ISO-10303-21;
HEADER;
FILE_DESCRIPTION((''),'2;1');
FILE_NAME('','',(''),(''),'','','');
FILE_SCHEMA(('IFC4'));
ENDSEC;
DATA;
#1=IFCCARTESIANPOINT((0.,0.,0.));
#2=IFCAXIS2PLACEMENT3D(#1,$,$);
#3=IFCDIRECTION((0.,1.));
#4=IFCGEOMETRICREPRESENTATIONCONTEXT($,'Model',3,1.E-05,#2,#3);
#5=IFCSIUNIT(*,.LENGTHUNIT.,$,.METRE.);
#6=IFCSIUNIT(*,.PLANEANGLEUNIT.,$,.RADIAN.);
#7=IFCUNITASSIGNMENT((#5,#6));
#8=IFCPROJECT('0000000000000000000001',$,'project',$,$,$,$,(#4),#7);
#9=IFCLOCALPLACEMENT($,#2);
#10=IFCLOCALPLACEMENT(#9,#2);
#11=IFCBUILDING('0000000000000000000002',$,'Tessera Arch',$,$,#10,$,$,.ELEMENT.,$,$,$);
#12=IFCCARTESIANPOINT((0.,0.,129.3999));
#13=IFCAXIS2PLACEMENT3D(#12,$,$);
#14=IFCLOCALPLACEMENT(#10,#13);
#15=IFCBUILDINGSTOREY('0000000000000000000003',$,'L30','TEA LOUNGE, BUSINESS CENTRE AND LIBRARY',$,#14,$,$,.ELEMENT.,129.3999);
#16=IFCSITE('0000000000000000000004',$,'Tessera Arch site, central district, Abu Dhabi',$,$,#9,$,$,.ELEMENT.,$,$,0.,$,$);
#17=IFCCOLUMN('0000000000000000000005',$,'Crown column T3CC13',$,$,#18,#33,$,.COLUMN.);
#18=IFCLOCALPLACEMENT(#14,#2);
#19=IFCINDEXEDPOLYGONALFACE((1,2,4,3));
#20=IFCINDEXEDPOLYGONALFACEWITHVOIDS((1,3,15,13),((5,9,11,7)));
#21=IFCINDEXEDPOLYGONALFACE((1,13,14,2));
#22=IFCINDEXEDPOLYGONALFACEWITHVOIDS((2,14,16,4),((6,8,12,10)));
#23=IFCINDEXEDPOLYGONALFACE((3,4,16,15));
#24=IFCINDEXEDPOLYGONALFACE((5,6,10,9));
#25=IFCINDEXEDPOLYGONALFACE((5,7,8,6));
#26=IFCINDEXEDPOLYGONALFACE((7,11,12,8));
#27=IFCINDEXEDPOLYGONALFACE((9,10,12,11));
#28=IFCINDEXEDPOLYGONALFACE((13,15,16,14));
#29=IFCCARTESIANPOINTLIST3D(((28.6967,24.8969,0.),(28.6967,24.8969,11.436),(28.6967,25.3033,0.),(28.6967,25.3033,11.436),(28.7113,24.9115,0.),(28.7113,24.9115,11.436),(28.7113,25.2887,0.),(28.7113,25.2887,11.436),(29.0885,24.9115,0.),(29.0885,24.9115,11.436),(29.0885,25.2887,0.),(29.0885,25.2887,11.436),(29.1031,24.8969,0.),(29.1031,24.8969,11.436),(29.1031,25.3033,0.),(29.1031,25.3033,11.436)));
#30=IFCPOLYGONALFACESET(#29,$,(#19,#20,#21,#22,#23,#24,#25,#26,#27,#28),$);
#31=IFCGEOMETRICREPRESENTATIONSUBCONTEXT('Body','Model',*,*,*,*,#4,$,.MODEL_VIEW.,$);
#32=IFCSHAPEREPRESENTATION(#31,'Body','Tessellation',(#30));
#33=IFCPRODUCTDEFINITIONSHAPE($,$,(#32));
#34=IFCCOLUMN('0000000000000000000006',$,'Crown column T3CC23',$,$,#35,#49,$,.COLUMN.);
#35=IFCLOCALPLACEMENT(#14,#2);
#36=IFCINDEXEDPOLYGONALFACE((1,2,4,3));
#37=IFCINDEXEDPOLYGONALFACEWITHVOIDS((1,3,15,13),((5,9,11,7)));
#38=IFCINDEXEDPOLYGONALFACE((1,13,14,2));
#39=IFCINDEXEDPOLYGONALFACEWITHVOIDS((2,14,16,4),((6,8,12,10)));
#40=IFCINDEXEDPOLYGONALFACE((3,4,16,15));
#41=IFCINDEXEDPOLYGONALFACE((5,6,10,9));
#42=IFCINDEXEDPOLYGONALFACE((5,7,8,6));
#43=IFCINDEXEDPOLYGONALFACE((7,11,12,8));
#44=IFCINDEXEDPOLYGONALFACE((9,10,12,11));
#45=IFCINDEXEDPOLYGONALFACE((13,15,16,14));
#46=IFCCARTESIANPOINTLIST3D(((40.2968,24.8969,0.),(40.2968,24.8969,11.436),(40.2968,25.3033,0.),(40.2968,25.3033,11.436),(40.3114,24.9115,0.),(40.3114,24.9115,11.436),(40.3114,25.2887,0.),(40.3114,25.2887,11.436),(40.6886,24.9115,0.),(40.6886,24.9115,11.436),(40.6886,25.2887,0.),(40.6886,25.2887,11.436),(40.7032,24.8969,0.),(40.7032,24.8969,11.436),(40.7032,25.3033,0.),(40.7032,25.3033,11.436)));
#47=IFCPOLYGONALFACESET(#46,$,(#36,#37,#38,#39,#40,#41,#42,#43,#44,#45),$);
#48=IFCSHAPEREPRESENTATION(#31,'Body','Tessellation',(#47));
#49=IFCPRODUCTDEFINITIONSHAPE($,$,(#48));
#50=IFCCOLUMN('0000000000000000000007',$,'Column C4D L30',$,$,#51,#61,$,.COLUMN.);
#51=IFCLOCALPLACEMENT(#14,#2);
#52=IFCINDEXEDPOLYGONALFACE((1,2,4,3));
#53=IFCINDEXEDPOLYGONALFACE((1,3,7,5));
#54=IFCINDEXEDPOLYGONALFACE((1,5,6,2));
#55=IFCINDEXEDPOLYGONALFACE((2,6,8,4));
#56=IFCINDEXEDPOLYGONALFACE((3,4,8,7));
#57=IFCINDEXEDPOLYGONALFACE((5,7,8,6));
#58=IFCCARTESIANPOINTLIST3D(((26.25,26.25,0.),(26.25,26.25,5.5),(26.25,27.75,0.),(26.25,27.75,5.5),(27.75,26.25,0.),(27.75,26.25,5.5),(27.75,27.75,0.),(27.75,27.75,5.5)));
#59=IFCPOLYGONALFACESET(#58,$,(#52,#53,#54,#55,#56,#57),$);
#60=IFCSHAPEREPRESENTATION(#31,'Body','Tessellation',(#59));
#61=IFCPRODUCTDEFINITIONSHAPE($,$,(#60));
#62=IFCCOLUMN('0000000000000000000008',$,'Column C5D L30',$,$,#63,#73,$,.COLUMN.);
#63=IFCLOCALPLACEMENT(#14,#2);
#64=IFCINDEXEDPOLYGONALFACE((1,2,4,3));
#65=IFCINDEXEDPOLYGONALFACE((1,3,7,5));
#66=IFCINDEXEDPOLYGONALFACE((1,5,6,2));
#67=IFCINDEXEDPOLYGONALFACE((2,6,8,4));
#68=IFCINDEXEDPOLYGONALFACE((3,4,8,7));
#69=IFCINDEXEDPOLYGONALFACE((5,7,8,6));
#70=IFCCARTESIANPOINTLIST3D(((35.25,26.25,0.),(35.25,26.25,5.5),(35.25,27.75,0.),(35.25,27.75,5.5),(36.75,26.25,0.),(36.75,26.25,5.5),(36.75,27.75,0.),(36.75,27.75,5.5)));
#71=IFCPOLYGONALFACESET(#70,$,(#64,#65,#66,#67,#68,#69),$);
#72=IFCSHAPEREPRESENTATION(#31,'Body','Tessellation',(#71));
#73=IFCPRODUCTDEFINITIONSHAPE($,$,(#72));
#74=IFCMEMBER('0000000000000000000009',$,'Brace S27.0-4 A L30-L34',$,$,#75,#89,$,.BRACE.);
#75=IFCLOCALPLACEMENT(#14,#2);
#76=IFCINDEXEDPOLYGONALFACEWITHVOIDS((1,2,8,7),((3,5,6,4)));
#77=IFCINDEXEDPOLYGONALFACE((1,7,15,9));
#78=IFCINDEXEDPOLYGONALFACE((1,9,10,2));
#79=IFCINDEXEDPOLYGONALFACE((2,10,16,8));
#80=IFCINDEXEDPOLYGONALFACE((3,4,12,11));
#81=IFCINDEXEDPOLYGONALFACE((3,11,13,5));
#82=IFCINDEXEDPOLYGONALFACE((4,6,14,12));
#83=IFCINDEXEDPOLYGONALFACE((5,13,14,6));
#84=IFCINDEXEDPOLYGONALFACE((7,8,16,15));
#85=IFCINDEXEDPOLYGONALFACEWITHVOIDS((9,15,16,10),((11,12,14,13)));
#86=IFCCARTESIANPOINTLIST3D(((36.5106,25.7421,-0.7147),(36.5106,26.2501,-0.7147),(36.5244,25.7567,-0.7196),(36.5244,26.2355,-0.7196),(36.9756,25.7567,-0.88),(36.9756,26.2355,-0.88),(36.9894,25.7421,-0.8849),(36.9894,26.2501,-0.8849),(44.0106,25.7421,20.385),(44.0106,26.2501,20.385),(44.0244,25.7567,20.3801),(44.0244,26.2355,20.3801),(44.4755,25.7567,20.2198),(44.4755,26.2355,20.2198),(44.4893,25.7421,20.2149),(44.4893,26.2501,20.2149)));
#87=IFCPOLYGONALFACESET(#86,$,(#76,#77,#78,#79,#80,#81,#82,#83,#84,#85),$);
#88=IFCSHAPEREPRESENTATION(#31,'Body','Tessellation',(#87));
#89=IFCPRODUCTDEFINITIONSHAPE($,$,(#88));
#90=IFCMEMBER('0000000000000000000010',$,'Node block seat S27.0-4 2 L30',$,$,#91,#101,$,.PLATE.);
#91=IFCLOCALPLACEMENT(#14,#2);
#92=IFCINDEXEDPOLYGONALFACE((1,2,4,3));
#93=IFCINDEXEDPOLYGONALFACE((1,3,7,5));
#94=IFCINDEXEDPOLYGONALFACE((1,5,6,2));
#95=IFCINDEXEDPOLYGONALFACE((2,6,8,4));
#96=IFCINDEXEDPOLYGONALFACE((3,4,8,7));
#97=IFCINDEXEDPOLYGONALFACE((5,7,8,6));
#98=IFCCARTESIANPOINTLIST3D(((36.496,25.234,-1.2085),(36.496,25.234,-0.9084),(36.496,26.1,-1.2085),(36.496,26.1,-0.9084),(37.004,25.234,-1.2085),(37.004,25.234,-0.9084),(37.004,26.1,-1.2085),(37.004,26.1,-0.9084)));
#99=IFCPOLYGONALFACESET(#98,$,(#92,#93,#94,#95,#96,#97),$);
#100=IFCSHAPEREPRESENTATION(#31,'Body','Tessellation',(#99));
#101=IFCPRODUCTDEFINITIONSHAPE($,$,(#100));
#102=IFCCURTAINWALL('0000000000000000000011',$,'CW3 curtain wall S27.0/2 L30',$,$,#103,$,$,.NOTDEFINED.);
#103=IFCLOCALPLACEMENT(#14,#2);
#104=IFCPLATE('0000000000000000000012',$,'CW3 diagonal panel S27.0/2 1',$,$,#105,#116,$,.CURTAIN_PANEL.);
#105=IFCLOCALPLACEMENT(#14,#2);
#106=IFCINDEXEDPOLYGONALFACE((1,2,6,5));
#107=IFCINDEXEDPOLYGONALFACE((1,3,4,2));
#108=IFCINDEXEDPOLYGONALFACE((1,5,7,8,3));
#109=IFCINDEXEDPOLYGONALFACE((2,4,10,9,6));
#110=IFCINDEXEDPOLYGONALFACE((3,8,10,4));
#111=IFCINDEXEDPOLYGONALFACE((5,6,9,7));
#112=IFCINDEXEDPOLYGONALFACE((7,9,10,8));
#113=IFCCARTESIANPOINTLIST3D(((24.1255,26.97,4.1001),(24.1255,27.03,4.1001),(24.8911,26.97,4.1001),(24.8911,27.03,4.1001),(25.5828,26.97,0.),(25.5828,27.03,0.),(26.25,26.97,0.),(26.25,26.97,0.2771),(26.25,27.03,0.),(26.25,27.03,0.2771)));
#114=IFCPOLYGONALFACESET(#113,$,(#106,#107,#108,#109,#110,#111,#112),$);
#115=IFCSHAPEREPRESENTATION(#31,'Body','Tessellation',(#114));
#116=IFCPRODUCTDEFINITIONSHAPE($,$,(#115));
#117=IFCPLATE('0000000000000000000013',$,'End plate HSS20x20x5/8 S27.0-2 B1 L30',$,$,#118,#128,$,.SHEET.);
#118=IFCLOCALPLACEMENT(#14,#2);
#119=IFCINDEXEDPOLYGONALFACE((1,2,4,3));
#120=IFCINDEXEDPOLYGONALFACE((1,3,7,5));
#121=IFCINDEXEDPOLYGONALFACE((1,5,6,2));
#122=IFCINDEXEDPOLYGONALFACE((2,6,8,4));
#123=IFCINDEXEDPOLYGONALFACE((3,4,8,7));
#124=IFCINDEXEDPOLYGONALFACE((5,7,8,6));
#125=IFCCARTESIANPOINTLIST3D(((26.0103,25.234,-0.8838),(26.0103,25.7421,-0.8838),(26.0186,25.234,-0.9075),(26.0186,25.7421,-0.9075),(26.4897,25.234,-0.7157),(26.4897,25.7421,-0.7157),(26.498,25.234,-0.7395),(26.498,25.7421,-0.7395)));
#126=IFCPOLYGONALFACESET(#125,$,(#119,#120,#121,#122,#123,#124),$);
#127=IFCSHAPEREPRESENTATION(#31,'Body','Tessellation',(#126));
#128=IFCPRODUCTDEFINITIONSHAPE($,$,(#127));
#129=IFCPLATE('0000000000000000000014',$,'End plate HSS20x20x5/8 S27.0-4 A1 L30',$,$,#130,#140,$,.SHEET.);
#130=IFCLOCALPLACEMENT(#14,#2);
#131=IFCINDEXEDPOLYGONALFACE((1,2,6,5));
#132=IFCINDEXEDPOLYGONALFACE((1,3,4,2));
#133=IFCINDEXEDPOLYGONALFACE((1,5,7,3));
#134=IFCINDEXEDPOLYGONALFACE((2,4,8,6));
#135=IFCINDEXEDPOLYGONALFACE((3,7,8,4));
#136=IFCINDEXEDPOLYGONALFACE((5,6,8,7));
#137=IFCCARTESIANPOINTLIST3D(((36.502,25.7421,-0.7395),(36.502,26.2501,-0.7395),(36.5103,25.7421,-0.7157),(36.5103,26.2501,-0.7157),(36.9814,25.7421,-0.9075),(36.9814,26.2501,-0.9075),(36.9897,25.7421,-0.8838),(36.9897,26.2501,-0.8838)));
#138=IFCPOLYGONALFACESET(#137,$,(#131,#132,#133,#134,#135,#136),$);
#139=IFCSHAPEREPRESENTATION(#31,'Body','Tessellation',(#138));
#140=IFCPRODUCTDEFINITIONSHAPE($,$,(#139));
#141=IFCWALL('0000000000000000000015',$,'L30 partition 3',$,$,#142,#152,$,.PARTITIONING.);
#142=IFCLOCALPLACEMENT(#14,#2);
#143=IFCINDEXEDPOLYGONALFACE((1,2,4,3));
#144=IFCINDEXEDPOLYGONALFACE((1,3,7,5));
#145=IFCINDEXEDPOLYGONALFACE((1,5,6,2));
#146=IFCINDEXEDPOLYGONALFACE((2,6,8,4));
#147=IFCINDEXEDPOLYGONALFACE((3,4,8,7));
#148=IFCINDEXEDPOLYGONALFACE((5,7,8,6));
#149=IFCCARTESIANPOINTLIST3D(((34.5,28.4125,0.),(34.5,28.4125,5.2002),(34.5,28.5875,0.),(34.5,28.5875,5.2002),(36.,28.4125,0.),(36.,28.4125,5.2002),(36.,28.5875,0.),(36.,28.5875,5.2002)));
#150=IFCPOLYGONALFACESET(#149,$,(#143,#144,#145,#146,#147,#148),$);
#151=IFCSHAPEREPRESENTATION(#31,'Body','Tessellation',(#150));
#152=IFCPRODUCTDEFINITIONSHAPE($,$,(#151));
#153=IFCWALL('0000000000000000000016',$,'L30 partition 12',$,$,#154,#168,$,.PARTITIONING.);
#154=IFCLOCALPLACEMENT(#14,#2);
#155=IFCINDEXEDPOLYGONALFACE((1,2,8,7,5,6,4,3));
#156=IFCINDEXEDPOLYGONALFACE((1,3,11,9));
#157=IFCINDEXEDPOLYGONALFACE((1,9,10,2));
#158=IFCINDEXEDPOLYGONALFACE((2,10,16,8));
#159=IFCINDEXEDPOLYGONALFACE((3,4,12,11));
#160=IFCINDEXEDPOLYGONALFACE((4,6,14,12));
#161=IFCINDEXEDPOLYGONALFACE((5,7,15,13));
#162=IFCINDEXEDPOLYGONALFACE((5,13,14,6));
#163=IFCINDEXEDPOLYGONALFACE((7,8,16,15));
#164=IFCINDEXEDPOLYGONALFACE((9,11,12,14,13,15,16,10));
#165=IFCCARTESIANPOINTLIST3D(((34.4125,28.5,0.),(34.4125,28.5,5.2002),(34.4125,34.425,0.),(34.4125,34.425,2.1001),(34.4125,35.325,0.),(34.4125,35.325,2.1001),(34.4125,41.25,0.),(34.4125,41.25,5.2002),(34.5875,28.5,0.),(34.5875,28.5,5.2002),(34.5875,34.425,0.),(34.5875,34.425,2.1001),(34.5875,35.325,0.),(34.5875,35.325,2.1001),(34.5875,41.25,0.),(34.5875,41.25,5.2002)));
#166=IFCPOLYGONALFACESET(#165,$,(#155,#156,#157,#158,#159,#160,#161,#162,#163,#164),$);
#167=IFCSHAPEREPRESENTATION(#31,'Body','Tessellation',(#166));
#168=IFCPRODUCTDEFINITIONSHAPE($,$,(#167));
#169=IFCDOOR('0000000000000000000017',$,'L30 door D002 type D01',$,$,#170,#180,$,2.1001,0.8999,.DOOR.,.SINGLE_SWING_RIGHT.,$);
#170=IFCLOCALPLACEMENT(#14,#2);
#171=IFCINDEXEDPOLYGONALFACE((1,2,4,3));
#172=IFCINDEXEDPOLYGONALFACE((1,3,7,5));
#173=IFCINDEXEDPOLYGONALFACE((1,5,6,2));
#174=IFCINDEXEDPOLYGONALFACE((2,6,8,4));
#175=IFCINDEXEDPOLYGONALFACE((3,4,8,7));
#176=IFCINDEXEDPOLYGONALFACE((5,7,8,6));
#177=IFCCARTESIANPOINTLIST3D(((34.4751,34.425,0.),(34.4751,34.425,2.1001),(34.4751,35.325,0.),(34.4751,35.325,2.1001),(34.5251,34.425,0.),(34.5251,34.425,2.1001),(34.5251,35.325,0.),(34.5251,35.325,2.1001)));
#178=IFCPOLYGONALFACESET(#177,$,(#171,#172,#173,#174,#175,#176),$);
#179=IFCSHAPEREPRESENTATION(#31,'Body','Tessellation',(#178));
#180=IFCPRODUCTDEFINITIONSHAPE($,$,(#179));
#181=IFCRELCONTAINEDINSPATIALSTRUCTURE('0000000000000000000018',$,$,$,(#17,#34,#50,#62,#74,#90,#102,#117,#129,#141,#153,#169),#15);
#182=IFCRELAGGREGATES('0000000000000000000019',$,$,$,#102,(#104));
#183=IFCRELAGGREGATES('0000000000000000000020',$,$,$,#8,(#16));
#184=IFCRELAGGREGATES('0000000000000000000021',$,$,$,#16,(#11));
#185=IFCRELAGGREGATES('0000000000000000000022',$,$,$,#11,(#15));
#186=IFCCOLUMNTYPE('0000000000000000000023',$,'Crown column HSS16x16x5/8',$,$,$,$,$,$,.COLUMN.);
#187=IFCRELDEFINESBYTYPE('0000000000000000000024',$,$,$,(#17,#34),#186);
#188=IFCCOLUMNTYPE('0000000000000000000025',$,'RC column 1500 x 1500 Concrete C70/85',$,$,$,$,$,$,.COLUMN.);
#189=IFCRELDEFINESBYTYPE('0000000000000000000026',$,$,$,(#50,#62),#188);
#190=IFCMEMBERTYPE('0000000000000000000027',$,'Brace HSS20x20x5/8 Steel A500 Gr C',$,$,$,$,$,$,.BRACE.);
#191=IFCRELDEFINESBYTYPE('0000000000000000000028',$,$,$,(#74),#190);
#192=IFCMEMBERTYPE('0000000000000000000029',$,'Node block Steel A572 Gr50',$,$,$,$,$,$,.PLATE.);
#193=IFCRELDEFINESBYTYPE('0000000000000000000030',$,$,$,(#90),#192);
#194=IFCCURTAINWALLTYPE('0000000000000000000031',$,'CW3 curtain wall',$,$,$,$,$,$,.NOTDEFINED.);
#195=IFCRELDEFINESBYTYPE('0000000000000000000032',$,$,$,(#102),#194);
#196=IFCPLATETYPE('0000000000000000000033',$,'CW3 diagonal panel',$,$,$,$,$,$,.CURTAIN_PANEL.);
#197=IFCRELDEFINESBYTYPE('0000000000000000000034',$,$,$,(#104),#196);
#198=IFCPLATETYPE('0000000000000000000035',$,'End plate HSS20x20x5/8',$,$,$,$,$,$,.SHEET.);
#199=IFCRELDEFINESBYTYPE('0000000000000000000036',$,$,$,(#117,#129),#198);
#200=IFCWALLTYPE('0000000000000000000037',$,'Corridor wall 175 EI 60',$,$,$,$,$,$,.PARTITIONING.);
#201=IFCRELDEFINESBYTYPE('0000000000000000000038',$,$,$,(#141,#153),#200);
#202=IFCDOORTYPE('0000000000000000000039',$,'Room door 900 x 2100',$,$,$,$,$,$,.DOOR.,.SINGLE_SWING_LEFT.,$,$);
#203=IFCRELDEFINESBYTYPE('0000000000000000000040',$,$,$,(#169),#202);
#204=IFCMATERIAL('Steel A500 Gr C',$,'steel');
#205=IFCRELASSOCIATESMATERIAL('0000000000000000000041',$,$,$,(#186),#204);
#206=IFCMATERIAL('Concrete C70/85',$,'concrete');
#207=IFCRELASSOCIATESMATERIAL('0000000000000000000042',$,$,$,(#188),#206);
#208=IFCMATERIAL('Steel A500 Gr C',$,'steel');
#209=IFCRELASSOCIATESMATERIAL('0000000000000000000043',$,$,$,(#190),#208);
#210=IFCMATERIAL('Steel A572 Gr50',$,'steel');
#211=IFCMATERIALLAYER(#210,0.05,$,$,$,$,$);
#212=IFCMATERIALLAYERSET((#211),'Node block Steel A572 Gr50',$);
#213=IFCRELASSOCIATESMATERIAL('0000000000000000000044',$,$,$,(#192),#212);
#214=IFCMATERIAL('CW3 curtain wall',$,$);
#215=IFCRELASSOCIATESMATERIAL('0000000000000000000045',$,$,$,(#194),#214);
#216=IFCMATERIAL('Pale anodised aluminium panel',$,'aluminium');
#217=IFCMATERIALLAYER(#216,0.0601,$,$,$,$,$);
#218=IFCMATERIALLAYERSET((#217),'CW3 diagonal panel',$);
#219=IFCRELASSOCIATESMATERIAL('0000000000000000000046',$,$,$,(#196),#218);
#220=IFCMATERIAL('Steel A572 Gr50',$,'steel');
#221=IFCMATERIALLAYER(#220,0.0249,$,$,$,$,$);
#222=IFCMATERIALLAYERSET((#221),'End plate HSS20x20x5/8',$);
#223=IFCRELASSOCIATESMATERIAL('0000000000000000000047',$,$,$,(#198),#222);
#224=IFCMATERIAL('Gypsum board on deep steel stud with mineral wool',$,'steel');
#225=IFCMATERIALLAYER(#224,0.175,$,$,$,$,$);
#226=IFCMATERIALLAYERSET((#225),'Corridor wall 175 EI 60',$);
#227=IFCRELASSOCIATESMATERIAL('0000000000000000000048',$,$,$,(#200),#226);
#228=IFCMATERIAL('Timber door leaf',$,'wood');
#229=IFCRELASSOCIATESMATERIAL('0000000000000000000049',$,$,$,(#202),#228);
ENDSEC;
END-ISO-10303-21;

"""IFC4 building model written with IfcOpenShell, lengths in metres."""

from ifc_helpers import new_model, si_unit, direction, frame, frame_2d, origin, origin_2d, place, context, subcontext, project, spatial, polyline, rectangle, hollow_rectangle, outline, extrude, material, layer, layer_set, material_profile, profile_set, type_object, element, fill, aggregate, save


model = new_model("IFC4")

# Units and contexts
model_context = context("Model", 3, precision=1e-05, world=origin(), true_north=direction((0.0, 1.0)))
body_context = subcontext(model_context, "Body", "Model", "MODEL_VIEW")
ifc_project = project(units=[si_unit("LENGTHUNIT", "METRE"), si_unit("PLANEANGLEUNIT", "RADIAN")], contexts=[model_context])

# Site, building, storey
site_placement = place(None, origin())
site = spatial("IfcSite", under=ifc_project, at=site_placement, Name="Tessera Arch site, central district, Abu Dhabi", CompositionType="ELEMENT", RefElevation=0.0)
building_placement = place(site_placement, origin())
building = spatial("IfcBuilding", under=site, at=building_placement, Name="Tessera Arch", CompositionType="ELEMENT")
storey_placement = place(building_placement, frame((0.0, 0.0, 129.3999)))
storey = spatial("IfcBuildingStorey", under=building, at=storey_placement, Name="L30", Description="TEA LOUNGE, BUSINESS CENTRE AND LIBRARY", CompositionType="ELEMENT", Elevation=129.3999)

# Columns
ifc_material_1 = material(Name="Steel A500 Gr C", Category="steel")
ifc_material_profile_1 = material_profile(ifc_material_1, hollow_rectangle(XDim=0.4065, YDim=0.4065, WallThickness=0.0146, at=origin_2d()), Name="HSS16x16x5/8")
ifc_profile_set_1 = profile_set([ifc_material_profile_1], Name="Steel A500 Gr C")
column_type_1 = type_object("IfcColumnType", Name="Crown column HSS16x16x5/8", PredefinedType="COLUMN", material=ifc_profile_set_1)
for number, where, z_axis, x_axis, name in (
    (1, (28.8999, 25.1001, 0.0), (0.0, 0.0, 1.0), (1.0, 0.0, 0.0), "Crown column T3CC13"),
    (2, (40.5, 25.1001, 0.0), (0.0, 0.0, 1.0), (1.0, 0.0, 0.0), "Crown column T3CC23"),
):
    element("IfcColumn", number, at=place(storey_placement, frame(where, z_axis=z_axis, x_axis=x_axis)), inside=storey, type_object=column_type_1, Name=name, PredefinedType="COLUMN", context=body_context, shape_type="SweptSolid", body=[
        extrude(hollow_rectangle(XDim=0.4065, YDim=0.4065, WallThickness=0.0146, at=origin_2d()), origin(), (0.0, 0.0, 1.0), 11.436),
    ])
ifc_material_2 = material(Name="Concrete C70/85", Category="concrete")
ifc_material_profile_2 = material_profile(ifc_material_2, rectangle(XDim=1.5, YDim=1.5, at=origin_2d()), Name="RC column 1500 x 1500 Concrete C70/85")
ifc_profile_set_2 = profile_set([ifc_material_profile_2], Name="Concrete C70/85")
column_type_2 = type_object("IfcColumnType", Name="RC column 1500 x 1500 Concrete C70/85", PredefinedType="COLUMN", material=ifc_profile_set_2)
for number, where, z_axis, x_axis, name in (
    (3, (27.0, 27.0, 0.0), (0.0, 0.0, 1.0), (1.0, 0.0, 0.0), "Column C4D L30"),
    (4, (36.0, 27.0, 0.0), (0.0, 0.0, 1.0), (1.0, 0.0, 0.0), "Column C5D L30"),
):
    element("IfcColumn", number, at=place(storey_placement, frame(where, z_axis=z_axis, x_axis=x_axis)), inside=storey, type_object=column_type_2, Name=name, PredefinedType="COLUMN", context=body_context, shape_type="SweptSolid", body=[
        extrude(rectangle(XDim=1.5, YDim=1.5, at=origin_2d()), origin(), (0.0, 0.0, 1.0), 5.5),
    ])

# Members
ifc_material_3 = material(Name="Steel A500 Gr C", Category="steel")
ifc_material_profile_3 = material_profile(ifc_material_3, hollow_rectangle(XDim=0.5081, YDim=0.5081, WallThickness=0.0146, at=origin_2d()), Name="HSS20x20x5/8")
ifc_profile_set_3 = profile_set([ifc_material_profile_3], Name="Steel A500 Gr C")
member_type_1 = type_object("IfcMemberType", Name="Brace HSS20x20x5/8 Steel A500 Gr C", PredefinedType="BRACE", material=ifc_profile_set_3)
member_1_placement = place(storey_placement, frame((36.75, 25.9961, -0.7998), z_axis=(0.334924, 0.0, 0.942245), x_axis=(0.0, 1.0, 0.0)))
element("IfcMember", 5, at=member_1_placement, inside=storey, type_object=member_type_1, Name="Brace S27.0-4 A L30-L34", PredefinedType="BRACE", context=body_context, shape_type="SweptSolid", body=[
    extrude(hollow_rectangle(XDim=0.5081, YDim=0.5081, WallThickness=0.0146, at=origin_2d()), origin(), (0.0, 0.0, 1.0), 22.3931),
])
ifc_material_4 = material(Name="Steel A572 Gr50", Category="steel")
ifc_layer_1 = layer(ifc_material_4, 0.05)
ifc_layer_set_1 = layer_set([ifc_layer_1], Name="Node block Steel A572 Gr50")
member_type_2 = type_object("IfcMemberType", Name="Node block Steel A572 Gr50", PredefinedType="PLATE", material=ifc_layer_set_1)
member_2_placement = place(storey_placement, frame((36.75, 25.667, -1.2085), z_axis=(0.0, 0.0, 1.0), x_axis=(1.0, 0.0, 0.0)))
element("IfcMember", 6, at=member_2_placement, inside=storey, type_object=member_type_2, Name="Node block seat S27.0-4 2 L30", PredefinedType="PLATE", context=body_context, shape_type="SweptSolid", body=[
    extrude(rectangle(XDim=0.5081, YDim=0.866, at=origin_2d()), origin(), (0.0, 0.0, 1.0), 0.3),
])

# Curtain wall, plate
ifc_material_5 = material(Name="CW3 curtain wall")
curtain_wall_type = type_object("IfcCurtainWallType", Name="CW3 curtain wall", PredefinedType="NOTDEFINED", material=ifc_material_5)
curtain_wall_placement = place(storey_placement, origin())
curtain_wall = element("IfcCurtainWall", 7, at=curtain_wall_placement, inside=storey, type_object=curtain_wall_type, Name="CW3 curtain wall S27.0/2 L30", PredefinedType="NOTDEFINED")
ifc_material_6 = material(Name="Pale anodised aluminium panel", Category="aluminium")
ifc_layer_2 = layer(ifc_material_6, 0.0601)
ifc_layer_set_2 = layer_set([ifc_layer_2], Name="CW3 diagonal panel")
plate_type_1 = type_object("IfcPlateType", Name="CW3 diagonal panel", PredefinedType="CURTAIN_PANEL", material=ifc_layer_set_2)
plate_placement = place(storey_placement, frame((26.25, 26.97, 0.0), z_axis=(0.0, -1.0, 0.0), x_axis=(0.0, 0.0, 1.0)))
plate = element("IfcPlate", 8, at=plate_placement, type_object=plate_type_1, Name="CW3 diagonal panel S27.0/2 1", PredefinedType="CURTAIN_PANEL", context=body_context, shape_type="SweptSolid", body=[
    extrude(outline(polyline([(0.0, 0.0), (0.2771, 0.0), (4.1001, 1.3589), (4.1001, 2.1245), (0.0, 0.6672), (0.0, 0.0)])), origin(), (0.0, 0.0, -1.0), 0.0601),
])
aggregate(curtain_wall, [plate])

# Plates
ifc_material_7 = material(Name="Steel A572 Gr50", Category="steel")
ifc_layer_3 = layer(ifc_material_7, 0.0249)
ifc_layer_set_3 = layer_set([ifc_layer_3], Name="End plate HSS20x20x5/8")
plate_type_2 = type_object("IfcPlateType", Name="End plate HSS20x20x5/8", PredefinedType="SHEET", material=ifc_layer_set_3)
for number, where, z_axis, x_axis, name in (
    (9, (26.2583, 25.488, -0.8235), (-0.330784, 0.0, 0.943707), (0.0, -1.0, 0.0), "End plate HSS20x20x5/8 S27.0-2 B1 L30"),
    (10, (36.7417, 25.9961, -0.8235), (0.330784, 0.0, 0.943707), (0.0, 1.0, 0.0), "End plate HSS20x20x5/8 S27.0-4 A1 L30"),
):
    element("IfcPlate", number, at=place(storey_placement, frame(where, z_axis=z_axis, x_axis=x_axis)), inside=storey, type_object=plate_type_2, Name=name, PredefinedType="SHEET", context=body_context, shape_type="SweptSolid", body=[
        extrude(rectangle(XDim=0.5081, YDim=0.5081, at=origin_2d()), origin(), (0.0, 0.0, 1.0), 0.0251),
    ])

# Wall
ifc_material_8 = material(Name="Gypsum board on deep steel stud with mineral wool", Category="steel")
ifc_layer_4 = layer(ifc_material_8, 0.175)
ifc_layer_set_4 = layer_set([ifc_layer_4], Name="Corridor wall 175 EI 60")
wall_type_1 = type_object("IfcWallType", Name="Corridor wall 175 EI 60", PredefinedType="PARTITIONING", material=ifc_layer_set_4)
wall_1_placement = place(storey_placement, frame((34.5, 28.5, 0.0), z_axis=(0.0, 0.0, 1.0), x_axis=(1.0, 0.0, 0.0)))
element("IfcWall", 11, at=wall_1_placement, inside=storey, type_object=wall_type_1, Name="L30 partition 3", PredefinedType="PARTITIONING", context=body_context, shape_type="SweptSolid", body=[
    extrude(rectangle(XDim=1.5, YDim=0.175, at=frame_2d((0.75, 0.0))), origin(), (0.0, 0.0, 1.0), 5.2002),
])

# Wall, opening, door
wall_2_placement = place(storey_placement, frame((34.5, 28.5, 0.0), z_axis=(0.0, 0.0, 1.0), x_axis=(0.0, 1.0, 0.0)))
wall_2 = element("IfcWall", 12, at=wall_2_placement, inside=storey, type_object=wall_type_1, Name="L30 partition 12", PredefinedType="PARTITIONING", context=body_context, shape_type="SweptSolid", body=[
    extrude(rectangle(XDim=12.75, YDim=0.175, at=frame_2d((6.375, 0.0))), origin(), (0.0, 0.0, 1.0), 5.2002),
])
opening_1_placement = place(wall_2_placement, frame((5.925, 0.0, 0.0)))
opening_1 = element("IfcOpeningElement", 13, at=opening_1_placement, cuts=wall_2, PredefinedType="OPENING", context=body_context, shape_type="SweptSolid", body=[
    extrude(rectangle(XDim=0.8999, YDim=2.1001, at=frame_2d((0.45, 1.05))), frame((0.0, 0.0974, 0.0), z_axis=(0.0, -1.0, 0.0), x_axis=(1.0, 0.0, 0.0)), (0.0, 0.0, 1.0), 0.1951),
])
ifc_material_9 = material(Name="Timber door leaf", Category="wood")
door_type_1 = type_object("IfcDoorType", Name="Room door 900 x 2100", OperationType="SINGLE_SWING_LEFT", PredefinedType="DOOR", material=ifc_material_9)
door_1_placement = place(opening_1_placement, origin())
door_1 = element("IfcDoor", 14, at=door_1_placement, inside=storey, type_object=door_type_1, Name="L30 door D002 type D01", OperationType="SINGLE_SWING_RIGHT", OverallHeight=2.1001, OverallWidth=0.8999, PredefinedType="DOOR", context=body_context, shape_type="SweptSolid", body=[
    extrude(rectangle(XDim=0.8999, YDim=2.1001, at=frame_2d((0.45, 1.05))), frame((0.0, 0.0249, 0.0), z_axis=(0.0, -1.0, 0.0), x_axis=(1.0, 0.0, 0.0)), (0.0, 0.0, 1.0), 0.05),
])
fill(opening_1, door_1)

save(model, "model.ifc")
